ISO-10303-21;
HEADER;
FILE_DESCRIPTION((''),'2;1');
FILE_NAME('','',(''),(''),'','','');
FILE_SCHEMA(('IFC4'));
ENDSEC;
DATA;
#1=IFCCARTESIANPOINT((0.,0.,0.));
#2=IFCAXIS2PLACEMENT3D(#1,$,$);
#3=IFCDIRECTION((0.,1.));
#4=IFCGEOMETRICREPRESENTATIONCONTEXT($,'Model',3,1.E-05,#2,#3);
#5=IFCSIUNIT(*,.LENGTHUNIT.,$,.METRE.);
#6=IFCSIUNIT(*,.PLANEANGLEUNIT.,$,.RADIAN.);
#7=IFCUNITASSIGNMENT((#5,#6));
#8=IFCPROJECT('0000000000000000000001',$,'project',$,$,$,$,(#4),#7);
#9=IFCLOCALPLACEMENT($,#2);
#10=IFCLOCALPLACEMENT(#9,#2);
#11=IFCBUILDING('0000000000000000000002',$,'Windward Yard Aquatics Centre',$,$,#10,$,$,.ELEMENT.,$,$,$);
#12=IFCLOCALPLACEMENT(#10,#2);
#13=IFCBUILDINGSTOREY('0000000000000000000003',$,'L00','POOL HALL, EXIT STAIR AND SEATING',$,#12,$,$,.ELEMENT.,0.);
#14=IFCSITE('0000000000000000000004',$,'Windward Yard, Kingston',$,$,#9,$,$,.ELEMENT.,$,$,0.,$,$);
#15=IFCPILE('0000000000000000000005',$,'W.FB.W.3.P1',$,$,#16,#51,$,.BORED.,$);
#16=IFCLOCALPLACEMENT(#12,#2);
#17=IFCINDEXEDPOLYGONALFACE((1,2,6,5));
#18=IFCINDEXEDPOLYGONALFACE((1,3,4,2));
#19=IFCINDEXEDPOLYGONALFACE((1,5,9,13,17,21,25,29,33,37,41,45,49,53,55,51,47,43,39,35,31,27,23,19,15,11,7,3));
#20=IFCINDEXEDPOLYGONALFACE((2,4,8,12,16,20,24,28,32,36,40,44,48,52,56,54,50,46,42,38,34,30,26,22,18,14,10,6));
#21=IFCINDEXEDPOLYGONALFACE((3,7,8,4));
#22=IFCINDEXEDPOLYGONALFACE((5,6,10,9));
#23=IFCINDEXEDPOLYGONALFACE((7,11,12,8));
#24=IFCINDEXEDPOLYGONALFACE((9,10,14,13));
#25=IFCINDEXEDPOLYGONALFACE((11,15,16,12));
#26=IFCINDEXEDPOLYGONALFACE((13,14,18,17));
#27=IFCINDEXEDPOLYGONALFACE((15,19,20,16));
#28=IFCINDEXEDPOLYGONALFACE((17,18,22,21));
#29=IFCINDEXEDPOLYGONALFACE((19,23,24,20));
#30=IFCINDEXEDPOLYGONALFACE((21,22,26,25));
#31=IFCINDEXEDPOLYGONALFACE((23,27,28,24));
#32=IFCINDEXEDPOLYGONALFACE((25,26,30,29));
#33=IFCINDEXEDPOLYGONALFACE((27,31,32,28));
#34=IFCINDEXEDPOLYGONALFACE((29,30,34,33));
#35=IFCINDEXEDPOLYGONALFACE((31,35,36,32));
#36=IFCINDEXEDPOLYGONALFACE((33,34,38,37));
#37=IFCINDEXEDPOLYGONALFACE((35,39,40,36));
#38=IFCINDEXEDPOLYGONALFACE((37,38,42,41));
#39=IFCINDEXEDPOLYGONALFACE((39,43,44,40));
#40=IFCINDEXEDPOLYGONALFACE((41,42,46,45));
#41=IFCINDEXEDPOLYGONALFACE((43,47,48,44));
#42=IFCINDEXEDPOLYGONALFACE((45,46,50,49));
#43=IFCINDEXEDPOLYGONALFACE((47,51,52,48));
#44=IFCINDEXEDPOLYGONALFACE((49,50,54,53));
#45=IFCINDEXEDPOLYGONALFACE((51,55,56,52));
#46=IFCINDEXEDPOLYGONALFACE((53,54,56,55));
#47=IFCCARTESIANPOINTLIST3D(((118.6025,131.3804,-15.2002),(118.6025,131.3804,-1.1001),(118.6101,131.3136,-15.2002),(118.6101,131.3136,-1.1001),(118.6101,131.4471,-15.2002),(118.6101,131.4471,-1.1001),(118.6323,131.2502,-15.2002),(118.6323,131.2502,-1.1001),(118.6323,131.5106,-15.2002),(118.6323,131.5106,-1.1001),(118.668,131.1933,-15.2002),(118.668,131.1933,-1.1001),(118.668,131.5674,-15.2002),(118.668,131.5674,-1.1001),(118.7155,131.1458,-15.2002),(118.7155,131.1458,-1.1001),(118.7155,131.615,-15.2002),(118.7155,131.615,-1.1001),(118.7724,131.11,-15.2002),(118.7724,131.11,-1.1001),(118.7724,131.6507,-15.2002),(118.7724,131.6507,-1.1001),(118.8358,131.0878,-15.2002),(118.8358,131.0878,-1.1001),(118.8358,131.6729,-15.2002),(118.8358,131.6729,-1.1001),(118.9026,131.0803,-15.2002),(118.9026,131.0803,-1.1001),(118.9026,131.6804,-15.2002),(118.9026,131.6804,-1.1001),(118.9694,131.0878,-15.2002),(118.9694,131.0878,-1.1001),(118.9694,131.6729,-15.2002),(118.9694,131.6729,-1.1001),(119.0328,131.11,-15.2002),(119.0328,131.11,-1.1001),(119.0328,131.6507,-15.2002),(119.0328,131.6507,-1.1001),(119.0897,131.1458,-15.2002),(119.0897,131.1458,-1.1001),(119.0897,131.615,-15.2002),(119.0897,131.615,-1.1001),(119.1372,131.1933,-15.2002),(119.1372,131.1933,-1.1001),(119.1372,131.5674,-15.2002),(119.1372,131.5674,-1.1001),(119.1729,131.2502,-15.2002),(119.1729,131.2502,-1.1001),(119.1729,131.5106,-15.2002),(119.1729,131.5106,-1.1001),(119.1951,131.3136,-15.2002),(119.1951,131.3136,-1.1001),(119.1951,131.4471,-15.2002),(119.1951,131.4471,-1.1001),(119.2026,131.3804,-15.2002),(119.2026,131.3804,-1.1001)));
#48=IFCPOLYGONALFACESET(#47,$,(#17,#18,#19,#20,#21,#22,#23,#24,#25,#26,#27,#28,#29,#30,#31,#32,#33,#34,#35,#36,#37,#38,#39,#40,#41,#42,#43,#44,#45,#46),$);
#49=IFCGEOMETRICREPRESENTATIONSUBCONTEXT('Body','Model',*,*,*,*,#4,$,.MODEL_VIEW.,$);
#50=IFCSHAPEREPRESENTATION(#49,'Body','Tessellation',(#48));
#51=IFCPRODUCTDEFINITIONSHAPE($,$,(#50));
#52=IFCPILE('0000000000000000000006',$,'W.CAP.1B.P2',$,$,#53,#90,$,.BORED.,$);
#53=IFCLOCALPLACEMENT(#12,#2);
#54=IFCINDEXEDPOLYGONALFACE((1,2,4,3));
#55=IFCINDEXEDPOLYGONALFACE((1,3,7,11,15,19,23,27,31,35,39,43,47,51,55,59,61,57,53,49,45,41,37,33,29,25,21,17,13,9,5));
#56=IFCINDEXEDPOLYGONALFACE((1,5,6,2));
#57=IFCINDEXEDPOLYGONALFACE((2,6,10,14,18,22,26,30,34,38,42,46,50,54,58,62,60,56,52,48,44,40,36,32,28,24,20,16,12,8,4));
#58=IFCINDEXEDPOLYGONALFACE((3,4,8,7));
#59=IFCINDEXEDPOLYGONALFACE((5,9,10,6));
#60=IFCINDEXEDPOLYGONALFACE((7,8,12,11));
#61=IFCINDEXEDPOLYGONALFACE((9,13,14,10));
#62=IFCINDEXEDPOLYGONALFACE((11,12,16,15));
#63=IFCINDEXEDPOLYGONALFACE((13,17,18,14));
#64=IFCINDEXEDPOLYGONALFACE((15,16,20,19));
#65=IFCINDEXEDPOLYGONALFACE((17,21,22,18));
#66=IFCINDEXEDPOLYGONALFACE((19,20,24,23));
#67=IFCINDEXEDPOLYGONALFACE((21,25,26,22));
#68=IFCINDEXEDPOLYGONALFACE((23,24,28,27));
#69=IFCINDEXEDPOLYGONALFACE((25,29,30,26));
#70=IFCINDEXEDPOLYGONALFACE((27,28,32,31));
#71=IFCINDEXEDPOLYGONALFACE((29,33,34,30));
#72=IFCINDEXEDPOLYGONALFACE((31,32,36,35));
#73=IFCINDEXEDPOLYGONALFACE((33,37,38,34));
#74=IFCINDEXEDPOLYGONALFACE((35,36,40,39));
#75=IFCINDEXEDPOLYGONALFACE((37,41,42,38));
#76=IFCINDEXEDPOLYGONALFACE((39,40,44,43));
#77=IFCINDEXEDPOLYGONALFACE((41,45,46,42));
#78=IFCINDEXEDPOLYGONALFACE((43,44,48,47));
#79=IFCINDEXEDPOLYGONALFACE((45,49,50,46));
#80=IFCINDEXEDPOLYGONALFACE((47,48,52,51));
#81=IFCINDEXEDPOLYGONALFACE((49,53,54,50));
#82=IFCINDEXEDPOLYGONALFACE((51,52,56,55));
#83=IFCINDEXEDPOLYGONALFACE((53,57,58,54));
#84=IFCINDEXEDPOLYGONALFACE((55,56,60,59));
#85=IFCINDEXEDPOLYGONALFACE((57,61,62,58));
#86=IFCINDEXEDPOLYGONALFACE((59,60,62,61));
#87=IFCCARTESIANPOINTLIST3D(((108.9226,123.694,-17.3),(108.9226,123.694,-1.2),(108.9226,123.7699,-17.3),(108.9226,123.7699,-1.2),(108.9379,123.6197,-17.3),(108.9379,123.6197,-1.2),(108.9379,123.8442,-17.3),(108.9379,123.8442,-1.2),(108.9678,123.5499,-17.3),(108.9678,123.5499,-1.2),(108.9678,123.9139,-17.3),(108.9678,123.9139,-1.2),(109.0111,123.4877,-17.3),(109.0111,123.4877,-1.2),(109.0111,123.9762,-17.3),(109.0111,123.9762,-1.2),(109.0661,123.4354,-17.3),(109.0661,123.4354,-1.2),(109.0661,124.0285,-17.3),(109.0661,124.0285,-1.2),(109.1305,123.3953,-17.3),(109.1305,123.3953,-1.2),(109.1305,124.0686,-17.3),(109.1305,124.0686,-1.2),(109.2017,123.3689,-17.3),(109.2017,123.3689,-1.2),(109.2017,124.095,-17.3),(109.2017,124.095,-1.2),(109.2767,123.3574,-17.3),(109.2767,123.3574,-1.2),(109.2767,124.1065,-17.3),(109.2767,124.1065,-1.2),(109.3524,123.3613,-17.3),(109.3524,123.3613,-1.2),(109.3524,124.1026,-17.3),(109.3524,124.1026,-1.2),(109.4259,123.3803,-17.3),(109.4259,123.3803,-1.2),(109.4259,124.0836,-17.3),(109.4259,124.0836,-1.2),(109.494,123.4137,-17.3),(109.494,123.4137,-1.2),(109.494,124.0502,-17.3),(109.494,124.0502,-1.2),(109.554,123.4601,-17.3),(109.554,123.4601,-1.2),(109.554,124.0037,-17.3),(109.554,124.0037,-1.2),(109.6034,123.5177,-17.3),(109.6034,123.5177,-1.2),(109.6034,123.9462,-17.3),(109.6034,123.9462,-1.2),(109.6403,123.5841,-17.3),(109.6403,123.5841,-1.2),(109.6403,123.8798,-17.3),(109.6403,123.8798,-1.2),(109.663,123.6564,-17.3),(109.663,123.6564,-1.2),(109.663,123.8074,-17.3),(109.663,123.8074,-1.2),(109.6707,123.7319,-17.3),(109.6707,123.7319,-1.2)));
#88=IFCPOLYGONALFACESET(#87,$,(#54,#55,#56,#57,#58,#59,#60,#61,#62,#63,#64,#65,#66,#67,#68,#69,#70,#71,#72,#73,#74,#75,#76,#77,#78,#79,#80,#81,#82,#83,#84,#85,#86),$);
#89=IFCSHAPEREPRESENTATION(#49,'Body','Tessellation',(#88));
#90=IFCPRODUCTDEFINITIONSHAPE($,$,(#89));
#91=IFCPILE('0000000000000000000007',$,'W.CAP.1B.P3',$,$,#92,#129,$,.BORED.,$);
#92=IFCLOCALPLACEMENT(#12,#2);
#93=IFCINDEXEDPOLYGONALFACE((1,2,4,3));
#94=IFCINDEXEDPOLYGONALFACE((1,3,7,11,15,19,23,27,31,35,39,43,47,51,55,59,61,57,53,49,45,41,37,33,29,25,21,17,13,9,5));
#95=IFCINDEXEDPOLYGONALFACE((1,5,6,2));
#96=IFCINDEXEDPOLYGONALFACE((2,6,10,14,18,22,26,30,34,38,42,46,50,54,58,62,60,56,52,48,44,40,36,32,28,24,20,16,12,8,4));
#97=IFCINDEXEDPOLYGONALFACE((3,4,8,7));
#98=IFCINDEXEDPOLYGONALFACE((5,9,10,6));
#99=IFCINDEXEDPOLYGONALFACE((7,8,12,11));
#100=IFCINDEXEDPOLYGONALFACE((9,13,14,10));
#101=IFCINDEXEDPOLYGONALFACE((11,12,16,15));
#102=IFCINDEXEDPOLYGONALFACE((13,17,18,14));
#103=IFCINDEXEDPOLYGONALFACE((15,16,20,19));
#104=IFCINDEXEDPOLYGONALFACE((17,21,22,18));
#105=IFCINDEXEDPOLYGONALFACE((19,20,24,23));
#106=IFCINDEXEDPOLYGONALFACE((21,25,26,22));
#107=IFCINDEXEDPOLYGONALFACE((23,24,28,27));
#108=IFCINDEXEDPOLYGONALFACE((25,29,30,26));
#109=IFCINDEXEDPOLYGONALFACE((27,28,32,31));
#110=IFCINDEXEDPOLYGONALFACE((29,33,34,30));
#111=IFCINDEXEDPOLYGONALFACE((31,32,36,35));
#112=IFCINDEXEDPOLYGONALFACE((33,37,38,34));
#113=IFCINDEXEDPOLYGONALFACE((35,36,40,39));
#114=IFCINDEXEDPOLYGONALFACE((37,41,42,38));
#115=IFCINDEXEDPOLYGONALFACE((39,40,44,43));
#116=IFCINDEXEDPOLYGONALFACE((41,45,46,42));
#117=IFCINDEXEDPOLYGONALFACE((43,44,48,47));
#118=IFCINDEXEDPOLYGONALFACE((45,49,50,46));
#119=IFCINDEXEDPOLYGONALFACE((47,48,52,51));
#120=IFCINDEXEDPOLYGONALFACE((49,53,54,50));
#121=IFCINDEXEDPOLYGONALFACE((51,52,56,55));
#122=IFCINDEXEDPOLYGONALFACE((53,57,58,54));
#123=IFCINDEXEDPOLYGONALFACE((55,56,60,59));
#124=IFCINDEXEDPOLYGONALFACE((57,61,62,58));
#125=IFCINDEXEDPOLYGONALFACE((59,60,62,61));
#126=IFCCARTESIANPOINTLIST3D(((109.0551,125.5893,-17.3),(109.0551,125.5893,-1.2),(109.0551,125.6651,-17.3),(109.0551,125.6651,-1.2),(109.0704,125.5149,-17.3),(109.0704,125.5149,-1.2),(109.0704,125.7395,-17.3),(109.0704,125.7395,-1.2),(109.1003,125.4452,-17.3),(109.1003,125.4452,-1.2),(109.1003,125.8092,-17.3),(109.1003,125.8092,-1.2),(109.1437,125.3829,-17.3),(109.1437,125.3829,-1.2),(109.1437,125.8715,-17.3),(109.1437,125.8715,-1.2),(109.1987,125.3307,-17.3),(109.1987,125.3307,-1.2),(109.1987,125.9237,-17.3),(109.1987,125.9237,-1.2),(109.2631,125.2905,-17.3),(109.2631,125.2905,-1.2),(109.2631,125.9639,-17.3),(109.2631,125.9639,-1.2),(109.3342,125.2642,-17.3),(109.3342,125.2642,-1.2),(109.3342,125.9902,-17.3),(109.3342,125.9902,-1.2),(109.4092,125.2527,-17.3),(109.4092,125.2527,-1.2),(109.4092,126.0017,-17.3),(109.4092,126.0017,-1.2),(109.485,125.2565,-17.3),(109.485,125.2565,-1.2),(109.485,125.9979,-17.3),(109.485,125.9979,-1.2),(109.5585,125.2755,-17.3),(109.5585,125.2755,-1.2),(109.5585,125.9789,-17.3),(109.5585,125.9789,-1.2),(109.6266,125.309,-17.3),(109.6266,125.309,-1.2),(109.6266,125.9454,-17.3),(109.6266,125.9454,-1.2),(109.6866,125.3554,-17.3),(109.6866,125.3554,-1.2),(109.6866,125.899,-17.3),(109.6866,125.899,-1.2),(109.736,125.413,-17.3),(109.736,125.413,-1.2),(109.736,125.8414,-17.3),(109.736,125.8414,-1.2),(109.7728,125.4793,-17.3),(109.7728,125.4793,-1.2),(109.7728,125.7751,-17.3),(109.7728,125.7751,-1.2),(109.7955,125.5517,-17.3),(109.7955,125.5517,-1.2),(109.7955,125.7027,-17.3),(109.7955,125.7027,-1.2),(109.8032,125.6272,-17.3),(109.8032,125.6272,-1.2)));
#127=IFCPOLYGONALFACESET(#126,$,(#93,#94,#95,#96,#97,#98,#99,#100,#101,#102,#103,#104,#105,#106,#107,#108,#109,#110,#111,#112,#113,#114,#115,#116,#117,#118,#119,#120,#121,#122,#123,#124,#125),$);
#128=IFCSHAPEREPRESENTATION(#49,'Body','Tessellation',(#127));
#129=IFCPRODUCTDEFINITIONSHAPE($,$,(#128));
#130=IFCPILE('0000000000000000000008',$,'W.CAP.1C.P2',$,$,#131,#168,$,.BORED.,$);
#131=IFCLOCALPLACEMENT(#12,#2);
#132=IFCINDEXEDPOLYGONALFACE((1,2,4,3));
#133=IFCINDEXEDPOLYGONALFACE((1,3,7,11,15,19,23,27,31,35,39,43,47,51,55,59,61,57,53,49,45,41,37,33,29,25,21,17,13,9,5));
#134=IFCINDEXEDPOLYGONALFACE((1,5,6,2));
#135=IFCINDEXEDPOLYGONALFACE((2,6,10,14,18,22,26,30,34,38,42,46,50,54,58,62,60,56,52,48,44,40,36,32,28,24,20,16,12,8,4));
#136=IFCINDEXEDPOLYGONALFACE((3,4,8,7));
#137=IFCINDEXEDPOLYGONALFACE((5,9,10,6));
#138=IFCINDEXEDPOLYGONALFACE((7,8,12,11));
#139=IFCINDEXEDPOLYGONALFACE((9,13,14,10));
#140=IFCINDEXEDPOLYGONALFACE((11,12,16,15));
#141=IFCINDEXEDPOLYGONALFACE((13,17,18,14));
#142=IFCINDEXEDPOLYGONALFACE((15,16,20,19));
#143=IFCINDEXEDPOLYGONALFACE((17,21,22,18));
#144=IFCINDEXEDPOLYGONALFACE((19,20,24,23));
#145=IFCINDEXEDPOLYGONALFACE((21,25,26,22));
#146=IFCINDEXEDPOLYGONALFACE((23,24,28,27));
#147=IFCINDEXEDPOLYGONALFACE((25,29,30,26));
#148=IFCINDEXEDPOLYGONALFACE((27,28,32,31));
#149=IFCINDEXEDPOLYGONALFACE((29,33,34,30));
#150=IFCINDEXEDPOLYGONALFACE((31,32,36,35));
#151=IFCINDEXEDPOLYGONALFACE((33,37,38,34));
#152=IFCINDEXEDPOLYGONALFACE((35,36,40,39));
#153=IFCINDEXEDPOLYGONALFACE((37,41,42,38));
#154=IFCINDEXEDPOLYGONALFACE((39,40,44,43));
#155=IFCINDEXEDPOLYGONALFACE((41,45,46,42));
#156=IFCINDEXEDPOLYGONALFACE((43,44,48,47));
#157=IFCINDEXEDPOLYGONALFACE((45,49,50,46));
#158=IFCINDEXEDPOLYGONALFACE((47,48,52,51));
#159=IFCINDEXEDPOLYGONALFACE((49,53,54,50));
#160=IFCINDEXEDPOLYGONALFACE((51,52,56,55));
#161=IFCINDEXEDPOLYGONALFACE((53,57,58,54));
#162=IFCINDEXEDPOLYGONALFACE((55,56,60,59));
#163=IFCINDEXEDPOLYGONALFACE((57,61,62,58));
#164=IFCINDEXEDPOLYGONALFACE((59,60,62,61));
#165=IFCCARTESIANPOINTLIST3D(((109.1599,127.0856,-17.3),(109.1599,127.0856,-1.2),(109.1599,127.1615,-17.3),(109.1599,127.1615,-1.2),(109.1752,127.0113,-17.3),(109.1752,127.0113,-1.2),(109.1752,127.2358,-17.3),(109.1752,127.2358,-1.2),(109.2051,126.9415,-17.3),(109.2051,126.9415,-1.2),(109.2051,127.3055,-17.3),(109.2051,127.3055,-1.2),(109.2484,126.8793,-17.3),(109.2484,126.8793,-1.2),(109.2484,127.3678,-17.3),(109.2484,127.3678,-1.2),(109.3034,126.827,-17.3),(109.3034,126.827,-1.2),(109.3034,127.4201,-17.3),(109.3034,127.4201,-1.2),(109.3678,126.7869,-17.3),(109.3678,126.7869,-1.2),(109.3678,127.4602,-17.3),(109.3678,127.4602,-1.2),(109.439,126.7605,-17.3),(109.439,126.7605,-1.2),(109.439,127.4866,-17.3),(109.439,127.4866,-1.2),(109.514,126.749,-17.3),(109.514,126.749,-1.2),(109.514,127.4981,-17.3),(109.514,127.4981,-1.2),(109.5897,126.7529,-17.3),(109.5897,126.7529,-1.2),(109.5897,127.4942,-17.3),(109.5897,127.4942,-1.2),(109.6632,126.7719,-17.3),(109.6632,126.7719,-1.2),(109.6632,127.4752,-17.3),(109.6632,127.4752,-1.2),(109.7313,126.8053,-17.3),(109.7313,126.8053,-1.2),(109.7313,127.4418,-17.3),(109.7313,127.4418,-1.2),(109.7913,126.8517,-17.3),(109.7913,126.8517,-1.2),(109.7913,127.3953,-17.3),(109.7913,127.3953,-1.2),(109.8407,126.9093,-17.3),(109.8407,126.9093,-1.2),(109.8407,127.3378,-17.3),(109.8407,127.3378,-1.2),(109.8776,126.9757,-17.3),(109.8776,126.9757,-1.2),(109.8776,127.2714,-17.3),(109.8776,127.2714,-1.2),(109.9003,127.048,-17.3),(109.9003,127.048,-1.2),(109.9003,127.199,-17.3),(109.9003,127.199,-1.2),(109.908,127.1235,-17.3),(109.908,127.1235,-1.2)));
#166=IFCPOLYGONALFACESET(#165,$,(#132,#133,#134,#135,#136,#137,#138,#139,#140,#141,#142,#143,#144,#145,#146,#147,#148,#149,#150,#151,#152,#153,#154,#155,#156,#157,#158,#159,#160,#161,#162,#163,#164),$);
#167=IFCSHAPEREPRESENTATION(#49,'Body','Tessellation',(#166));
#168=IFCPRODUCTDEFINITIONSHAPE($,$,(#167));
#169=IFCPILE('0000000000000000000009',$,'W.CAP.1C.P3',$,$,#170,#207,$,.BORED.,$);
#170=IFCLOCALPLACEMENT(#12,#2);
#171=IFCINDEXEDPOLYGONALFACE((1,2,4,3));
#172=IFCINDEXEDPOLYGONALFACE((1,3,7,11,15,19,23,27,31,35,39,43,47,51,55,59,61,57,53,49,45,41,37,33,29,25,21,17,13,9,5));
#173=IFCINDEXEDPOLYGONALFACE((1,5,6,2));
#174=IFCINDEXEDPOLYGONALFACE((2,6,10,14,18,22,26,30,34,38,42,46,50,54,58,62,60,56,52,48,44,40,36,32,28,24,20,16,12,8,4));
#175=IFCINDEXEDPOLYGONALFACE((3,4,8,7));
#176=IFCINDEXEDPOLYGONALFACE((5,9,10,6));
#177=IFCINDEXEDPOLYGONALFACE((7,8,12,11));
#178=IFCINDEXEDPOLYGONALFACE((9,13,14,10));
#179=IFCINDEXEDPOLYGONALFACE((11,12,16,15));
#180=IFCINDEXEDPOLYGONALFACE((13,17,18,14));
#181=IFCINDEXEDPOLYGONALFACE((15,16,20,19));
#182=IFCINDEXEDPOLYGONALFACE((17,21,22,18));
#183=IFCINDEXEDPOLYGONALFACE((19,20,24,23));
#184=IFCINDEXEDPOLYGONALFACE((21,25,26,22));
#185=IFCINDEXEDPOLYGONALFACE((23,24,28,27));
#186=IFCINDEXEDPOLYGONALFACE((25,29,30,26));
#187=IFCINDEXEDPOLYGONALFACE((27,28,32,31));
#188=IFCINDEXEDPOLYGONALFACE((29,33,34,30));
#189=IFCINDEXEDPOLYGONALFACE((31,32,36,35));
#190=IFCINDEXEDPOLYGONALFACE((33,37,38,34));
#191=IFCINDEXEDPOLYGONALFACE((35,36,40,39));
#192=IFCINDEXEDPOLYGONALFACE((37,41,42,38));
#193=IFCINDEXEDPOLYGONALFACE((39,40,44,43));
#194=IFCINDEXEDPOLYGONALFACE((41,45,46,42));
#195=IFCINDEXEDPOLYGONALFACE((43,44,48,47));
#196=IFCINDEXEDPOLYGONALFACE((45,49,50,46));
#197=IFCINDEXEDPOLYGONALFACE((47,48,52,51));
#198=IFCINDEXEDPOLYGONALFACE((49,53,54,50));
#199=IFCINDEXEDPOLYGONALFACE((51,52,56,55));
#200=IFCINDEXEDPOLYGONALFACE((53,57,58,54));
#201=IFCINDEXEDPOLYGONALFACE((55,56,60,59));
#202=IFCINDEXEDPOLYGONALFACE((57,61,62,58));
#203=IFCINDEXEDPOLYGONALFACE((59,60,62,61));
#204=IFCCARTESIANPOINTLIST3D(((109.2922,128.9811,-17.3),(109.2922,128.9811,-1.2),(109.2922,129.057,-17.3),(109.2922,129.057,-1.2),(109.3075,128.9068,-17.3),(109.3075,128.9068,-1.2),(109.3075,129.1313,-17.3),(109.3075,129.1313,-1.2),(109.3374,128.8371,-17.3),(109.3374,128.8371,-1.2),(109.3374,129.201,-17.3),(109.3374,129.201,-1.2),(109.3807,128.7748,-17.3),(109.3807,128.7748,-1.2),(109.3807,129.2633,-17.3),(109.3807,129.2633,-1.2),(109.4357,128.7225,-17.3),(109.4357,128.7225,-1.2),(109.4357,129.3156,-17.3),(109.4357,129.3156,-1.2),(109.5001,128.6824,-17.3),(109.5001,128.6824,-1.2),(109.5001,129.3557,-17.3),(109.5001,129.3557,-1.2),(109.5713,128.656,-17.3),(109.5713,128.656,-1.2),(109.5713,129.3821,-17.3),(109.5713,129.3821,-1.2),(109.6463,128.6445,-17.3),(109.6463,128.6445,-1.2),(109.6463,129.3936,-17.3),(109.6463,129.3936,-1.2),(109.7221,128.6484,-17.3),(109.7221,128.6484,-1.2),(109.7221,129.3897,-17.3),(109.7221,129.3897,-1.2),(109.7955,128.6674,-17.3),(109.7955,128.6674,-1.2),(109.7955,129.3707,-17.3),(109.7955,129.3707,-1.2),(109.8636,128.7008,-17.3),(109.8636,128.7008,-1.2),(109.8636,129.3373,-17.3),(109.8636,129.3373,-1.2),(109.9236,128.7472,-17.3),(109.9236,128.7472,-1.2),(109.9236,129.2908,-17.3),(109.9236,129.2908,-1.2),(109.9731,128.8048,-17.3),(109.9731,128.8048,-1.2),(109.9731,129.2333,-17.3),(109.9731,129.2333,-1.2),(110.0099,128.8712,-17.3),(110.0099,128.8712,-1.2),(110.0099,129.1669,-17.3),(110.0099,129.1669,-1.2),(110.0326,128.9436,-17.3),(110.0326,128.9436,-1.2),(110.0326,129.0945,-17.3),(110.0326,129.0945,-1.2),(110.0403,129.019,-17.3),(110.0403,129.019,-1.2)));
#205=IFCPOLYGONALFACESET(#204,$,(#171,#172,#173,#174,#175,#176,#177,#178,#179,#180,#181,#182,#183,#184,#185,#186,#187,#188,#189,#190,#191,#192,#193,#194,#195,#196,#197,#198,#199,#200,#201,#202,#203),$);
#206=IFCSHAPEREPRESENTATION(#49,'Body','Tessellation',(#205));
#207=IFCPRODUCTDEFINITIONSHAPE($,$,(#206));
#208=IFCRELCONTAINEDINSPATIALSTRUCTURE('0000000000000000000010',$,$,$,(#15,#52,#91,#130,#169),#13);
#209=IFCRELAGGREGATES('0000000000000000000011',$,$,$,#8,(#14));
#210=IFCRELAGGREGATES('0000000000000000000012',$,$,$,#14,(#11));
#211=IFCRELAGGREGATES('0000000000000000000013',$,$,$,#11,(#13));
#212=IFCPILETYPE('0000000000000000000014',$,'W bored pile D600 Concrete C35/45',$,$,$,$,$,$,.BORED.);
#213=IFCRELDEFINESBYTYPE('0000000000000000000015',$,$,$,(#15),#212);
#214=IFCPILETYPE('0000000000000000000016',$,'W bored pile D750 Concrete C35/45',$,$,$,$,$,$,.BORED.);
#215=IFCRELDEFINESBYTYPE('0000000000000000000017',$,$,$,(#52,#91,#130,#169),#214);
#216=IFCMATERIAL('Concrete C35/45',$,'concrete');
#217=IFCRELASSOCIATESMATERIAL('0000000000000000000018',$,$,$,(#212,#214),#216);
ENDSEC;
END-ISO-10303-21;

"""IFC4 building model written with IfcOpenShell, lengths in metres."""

from ifc_helpers import new_model, si_unit, direction, frame, origin, origin_2d, place, context, subcontext, project, spatial, circle, extrude, material, material_profile, profile_set, type_object, element, save


model = new_model("IFC4")

# Units and contexts
model_context = context("Model", 3, precision=1e-05, world=origin(), true_north=direction((0.0, 1.0)))
body_context = subcontext(model_context, "Body", "Model", "MODEL_VIEW")
ifc_project = project(units=[si_unit("LENGTHUNIT", "METRE"), si_unit("PLANEANGLEUNIT", "RADIAN")], contexts=[model_context])

# Site, building, storey
site_placement = place(None, origin())
site = spatial("IfcSite", under=ifc_project, at=site_placement, Name="Windward Yard, Kingston", CompositionType="ELEMENT", RefElevation=0.0)
building_placement = place(site_placement, origin())
building = spatial("IfcBuilding", under=site, at=building_placement, Name="Windward Yard Aquatics Centre", CompositionType="ELEMENT")
storey_placement = place(building_placement, origin())
storey = spatial("IfcBuildingStorey", under=building, at=storey_placement, Name="L00", Description="POOL HALL, EXIT STAIR AND SEATING", CompositionType="ELEMENT", Elevation=0.0)

# Piles
ifc_material_1 = material(Name="Concrete C35/45", Category="concrete")
ifc_material_profile_1 = material_profile(ifc_material_1, circle(Radius=0.3, at=origin_2d()), Name="D600")
ifc_profile_set_1 = profile_set([ifc_material_profile_1], Name="Concrete C35/45")
pile_type_1 = type_object("IfcPileType", Name="W bored pile D600 Concrete C35/45", PredefinedType="BORED", material=ifc_profile_set_1)
pile_placement = place(storey_placement, frame((118.9026, 131.3804, -1.1001), z_axis=(0.0, 0.0, -1.0), x_axis=(1.0, 0.0, 0.0)))
element("IfcPile", 1, at=pile_placement, inside=storey, type_object=pile_type_1, Name="W.FB.W.3.P1", PredefinedType="BORED", context=body_context, shape_type="SweptSolid", body=[
    extrude(circle(Radius=0.3, at=origin_2d()), origin(), (0.0, 0.0, 1.0), 14.1001),
])
ifc_material_profile_2 = material_profile(ifc_material_1, circle(Radius=0.375, at=origin_2d()), Name="D750")
ifc_profile_set_2 = profile_set([ifc_material_profile_2], Name="Concrete C35/45")
pile_type_2 = type_object("IfcPileType", Name="W bored pile D750 Concrete C35/45", PredefinedType="BORED", material=ifc_profile_set_2)
for number, where, z_axis, x_axis, name in (
    (2, (109.2957, 123.7319, -1.2), (0.0, 0.0, -1.0), (1.0, 0.0, 0.0), "W.CAP.1B.P2"),
    (3, (109.4282, 125.6272, -1.2), (0.0, 0.0, -1.0), (1.0, 0.0, 0.0), "W.CAP.1B.P3"),
    (4, (109.533, 127.1235, -1.2), (0.0, 0.0, -1.0), (1.0, 0.0, 0.0), "W.CAP.1C.P2"),
    (5, (109.6653, 129.019, -1.2), (0.0, 0.0, -1.0), (1.0, 0.0, 0.0), "W.CAP.1C.P3"),
):
    element("IfcPile", number, at=place(storey_placement, frame(where, z_axis=z_axis, x_axis=x_axis)), inside=storey, type_object=pile_type_2, Name=name, PredefinedType="BORED", context=body_context, shape_type="SweptSolid", body=[
        extrude(circle(Radius=0.375, at=origin_2d()), origin(), (0.0, 0.0, 1.0), 16.1001),
    ])

save(model, "model.ifc")
